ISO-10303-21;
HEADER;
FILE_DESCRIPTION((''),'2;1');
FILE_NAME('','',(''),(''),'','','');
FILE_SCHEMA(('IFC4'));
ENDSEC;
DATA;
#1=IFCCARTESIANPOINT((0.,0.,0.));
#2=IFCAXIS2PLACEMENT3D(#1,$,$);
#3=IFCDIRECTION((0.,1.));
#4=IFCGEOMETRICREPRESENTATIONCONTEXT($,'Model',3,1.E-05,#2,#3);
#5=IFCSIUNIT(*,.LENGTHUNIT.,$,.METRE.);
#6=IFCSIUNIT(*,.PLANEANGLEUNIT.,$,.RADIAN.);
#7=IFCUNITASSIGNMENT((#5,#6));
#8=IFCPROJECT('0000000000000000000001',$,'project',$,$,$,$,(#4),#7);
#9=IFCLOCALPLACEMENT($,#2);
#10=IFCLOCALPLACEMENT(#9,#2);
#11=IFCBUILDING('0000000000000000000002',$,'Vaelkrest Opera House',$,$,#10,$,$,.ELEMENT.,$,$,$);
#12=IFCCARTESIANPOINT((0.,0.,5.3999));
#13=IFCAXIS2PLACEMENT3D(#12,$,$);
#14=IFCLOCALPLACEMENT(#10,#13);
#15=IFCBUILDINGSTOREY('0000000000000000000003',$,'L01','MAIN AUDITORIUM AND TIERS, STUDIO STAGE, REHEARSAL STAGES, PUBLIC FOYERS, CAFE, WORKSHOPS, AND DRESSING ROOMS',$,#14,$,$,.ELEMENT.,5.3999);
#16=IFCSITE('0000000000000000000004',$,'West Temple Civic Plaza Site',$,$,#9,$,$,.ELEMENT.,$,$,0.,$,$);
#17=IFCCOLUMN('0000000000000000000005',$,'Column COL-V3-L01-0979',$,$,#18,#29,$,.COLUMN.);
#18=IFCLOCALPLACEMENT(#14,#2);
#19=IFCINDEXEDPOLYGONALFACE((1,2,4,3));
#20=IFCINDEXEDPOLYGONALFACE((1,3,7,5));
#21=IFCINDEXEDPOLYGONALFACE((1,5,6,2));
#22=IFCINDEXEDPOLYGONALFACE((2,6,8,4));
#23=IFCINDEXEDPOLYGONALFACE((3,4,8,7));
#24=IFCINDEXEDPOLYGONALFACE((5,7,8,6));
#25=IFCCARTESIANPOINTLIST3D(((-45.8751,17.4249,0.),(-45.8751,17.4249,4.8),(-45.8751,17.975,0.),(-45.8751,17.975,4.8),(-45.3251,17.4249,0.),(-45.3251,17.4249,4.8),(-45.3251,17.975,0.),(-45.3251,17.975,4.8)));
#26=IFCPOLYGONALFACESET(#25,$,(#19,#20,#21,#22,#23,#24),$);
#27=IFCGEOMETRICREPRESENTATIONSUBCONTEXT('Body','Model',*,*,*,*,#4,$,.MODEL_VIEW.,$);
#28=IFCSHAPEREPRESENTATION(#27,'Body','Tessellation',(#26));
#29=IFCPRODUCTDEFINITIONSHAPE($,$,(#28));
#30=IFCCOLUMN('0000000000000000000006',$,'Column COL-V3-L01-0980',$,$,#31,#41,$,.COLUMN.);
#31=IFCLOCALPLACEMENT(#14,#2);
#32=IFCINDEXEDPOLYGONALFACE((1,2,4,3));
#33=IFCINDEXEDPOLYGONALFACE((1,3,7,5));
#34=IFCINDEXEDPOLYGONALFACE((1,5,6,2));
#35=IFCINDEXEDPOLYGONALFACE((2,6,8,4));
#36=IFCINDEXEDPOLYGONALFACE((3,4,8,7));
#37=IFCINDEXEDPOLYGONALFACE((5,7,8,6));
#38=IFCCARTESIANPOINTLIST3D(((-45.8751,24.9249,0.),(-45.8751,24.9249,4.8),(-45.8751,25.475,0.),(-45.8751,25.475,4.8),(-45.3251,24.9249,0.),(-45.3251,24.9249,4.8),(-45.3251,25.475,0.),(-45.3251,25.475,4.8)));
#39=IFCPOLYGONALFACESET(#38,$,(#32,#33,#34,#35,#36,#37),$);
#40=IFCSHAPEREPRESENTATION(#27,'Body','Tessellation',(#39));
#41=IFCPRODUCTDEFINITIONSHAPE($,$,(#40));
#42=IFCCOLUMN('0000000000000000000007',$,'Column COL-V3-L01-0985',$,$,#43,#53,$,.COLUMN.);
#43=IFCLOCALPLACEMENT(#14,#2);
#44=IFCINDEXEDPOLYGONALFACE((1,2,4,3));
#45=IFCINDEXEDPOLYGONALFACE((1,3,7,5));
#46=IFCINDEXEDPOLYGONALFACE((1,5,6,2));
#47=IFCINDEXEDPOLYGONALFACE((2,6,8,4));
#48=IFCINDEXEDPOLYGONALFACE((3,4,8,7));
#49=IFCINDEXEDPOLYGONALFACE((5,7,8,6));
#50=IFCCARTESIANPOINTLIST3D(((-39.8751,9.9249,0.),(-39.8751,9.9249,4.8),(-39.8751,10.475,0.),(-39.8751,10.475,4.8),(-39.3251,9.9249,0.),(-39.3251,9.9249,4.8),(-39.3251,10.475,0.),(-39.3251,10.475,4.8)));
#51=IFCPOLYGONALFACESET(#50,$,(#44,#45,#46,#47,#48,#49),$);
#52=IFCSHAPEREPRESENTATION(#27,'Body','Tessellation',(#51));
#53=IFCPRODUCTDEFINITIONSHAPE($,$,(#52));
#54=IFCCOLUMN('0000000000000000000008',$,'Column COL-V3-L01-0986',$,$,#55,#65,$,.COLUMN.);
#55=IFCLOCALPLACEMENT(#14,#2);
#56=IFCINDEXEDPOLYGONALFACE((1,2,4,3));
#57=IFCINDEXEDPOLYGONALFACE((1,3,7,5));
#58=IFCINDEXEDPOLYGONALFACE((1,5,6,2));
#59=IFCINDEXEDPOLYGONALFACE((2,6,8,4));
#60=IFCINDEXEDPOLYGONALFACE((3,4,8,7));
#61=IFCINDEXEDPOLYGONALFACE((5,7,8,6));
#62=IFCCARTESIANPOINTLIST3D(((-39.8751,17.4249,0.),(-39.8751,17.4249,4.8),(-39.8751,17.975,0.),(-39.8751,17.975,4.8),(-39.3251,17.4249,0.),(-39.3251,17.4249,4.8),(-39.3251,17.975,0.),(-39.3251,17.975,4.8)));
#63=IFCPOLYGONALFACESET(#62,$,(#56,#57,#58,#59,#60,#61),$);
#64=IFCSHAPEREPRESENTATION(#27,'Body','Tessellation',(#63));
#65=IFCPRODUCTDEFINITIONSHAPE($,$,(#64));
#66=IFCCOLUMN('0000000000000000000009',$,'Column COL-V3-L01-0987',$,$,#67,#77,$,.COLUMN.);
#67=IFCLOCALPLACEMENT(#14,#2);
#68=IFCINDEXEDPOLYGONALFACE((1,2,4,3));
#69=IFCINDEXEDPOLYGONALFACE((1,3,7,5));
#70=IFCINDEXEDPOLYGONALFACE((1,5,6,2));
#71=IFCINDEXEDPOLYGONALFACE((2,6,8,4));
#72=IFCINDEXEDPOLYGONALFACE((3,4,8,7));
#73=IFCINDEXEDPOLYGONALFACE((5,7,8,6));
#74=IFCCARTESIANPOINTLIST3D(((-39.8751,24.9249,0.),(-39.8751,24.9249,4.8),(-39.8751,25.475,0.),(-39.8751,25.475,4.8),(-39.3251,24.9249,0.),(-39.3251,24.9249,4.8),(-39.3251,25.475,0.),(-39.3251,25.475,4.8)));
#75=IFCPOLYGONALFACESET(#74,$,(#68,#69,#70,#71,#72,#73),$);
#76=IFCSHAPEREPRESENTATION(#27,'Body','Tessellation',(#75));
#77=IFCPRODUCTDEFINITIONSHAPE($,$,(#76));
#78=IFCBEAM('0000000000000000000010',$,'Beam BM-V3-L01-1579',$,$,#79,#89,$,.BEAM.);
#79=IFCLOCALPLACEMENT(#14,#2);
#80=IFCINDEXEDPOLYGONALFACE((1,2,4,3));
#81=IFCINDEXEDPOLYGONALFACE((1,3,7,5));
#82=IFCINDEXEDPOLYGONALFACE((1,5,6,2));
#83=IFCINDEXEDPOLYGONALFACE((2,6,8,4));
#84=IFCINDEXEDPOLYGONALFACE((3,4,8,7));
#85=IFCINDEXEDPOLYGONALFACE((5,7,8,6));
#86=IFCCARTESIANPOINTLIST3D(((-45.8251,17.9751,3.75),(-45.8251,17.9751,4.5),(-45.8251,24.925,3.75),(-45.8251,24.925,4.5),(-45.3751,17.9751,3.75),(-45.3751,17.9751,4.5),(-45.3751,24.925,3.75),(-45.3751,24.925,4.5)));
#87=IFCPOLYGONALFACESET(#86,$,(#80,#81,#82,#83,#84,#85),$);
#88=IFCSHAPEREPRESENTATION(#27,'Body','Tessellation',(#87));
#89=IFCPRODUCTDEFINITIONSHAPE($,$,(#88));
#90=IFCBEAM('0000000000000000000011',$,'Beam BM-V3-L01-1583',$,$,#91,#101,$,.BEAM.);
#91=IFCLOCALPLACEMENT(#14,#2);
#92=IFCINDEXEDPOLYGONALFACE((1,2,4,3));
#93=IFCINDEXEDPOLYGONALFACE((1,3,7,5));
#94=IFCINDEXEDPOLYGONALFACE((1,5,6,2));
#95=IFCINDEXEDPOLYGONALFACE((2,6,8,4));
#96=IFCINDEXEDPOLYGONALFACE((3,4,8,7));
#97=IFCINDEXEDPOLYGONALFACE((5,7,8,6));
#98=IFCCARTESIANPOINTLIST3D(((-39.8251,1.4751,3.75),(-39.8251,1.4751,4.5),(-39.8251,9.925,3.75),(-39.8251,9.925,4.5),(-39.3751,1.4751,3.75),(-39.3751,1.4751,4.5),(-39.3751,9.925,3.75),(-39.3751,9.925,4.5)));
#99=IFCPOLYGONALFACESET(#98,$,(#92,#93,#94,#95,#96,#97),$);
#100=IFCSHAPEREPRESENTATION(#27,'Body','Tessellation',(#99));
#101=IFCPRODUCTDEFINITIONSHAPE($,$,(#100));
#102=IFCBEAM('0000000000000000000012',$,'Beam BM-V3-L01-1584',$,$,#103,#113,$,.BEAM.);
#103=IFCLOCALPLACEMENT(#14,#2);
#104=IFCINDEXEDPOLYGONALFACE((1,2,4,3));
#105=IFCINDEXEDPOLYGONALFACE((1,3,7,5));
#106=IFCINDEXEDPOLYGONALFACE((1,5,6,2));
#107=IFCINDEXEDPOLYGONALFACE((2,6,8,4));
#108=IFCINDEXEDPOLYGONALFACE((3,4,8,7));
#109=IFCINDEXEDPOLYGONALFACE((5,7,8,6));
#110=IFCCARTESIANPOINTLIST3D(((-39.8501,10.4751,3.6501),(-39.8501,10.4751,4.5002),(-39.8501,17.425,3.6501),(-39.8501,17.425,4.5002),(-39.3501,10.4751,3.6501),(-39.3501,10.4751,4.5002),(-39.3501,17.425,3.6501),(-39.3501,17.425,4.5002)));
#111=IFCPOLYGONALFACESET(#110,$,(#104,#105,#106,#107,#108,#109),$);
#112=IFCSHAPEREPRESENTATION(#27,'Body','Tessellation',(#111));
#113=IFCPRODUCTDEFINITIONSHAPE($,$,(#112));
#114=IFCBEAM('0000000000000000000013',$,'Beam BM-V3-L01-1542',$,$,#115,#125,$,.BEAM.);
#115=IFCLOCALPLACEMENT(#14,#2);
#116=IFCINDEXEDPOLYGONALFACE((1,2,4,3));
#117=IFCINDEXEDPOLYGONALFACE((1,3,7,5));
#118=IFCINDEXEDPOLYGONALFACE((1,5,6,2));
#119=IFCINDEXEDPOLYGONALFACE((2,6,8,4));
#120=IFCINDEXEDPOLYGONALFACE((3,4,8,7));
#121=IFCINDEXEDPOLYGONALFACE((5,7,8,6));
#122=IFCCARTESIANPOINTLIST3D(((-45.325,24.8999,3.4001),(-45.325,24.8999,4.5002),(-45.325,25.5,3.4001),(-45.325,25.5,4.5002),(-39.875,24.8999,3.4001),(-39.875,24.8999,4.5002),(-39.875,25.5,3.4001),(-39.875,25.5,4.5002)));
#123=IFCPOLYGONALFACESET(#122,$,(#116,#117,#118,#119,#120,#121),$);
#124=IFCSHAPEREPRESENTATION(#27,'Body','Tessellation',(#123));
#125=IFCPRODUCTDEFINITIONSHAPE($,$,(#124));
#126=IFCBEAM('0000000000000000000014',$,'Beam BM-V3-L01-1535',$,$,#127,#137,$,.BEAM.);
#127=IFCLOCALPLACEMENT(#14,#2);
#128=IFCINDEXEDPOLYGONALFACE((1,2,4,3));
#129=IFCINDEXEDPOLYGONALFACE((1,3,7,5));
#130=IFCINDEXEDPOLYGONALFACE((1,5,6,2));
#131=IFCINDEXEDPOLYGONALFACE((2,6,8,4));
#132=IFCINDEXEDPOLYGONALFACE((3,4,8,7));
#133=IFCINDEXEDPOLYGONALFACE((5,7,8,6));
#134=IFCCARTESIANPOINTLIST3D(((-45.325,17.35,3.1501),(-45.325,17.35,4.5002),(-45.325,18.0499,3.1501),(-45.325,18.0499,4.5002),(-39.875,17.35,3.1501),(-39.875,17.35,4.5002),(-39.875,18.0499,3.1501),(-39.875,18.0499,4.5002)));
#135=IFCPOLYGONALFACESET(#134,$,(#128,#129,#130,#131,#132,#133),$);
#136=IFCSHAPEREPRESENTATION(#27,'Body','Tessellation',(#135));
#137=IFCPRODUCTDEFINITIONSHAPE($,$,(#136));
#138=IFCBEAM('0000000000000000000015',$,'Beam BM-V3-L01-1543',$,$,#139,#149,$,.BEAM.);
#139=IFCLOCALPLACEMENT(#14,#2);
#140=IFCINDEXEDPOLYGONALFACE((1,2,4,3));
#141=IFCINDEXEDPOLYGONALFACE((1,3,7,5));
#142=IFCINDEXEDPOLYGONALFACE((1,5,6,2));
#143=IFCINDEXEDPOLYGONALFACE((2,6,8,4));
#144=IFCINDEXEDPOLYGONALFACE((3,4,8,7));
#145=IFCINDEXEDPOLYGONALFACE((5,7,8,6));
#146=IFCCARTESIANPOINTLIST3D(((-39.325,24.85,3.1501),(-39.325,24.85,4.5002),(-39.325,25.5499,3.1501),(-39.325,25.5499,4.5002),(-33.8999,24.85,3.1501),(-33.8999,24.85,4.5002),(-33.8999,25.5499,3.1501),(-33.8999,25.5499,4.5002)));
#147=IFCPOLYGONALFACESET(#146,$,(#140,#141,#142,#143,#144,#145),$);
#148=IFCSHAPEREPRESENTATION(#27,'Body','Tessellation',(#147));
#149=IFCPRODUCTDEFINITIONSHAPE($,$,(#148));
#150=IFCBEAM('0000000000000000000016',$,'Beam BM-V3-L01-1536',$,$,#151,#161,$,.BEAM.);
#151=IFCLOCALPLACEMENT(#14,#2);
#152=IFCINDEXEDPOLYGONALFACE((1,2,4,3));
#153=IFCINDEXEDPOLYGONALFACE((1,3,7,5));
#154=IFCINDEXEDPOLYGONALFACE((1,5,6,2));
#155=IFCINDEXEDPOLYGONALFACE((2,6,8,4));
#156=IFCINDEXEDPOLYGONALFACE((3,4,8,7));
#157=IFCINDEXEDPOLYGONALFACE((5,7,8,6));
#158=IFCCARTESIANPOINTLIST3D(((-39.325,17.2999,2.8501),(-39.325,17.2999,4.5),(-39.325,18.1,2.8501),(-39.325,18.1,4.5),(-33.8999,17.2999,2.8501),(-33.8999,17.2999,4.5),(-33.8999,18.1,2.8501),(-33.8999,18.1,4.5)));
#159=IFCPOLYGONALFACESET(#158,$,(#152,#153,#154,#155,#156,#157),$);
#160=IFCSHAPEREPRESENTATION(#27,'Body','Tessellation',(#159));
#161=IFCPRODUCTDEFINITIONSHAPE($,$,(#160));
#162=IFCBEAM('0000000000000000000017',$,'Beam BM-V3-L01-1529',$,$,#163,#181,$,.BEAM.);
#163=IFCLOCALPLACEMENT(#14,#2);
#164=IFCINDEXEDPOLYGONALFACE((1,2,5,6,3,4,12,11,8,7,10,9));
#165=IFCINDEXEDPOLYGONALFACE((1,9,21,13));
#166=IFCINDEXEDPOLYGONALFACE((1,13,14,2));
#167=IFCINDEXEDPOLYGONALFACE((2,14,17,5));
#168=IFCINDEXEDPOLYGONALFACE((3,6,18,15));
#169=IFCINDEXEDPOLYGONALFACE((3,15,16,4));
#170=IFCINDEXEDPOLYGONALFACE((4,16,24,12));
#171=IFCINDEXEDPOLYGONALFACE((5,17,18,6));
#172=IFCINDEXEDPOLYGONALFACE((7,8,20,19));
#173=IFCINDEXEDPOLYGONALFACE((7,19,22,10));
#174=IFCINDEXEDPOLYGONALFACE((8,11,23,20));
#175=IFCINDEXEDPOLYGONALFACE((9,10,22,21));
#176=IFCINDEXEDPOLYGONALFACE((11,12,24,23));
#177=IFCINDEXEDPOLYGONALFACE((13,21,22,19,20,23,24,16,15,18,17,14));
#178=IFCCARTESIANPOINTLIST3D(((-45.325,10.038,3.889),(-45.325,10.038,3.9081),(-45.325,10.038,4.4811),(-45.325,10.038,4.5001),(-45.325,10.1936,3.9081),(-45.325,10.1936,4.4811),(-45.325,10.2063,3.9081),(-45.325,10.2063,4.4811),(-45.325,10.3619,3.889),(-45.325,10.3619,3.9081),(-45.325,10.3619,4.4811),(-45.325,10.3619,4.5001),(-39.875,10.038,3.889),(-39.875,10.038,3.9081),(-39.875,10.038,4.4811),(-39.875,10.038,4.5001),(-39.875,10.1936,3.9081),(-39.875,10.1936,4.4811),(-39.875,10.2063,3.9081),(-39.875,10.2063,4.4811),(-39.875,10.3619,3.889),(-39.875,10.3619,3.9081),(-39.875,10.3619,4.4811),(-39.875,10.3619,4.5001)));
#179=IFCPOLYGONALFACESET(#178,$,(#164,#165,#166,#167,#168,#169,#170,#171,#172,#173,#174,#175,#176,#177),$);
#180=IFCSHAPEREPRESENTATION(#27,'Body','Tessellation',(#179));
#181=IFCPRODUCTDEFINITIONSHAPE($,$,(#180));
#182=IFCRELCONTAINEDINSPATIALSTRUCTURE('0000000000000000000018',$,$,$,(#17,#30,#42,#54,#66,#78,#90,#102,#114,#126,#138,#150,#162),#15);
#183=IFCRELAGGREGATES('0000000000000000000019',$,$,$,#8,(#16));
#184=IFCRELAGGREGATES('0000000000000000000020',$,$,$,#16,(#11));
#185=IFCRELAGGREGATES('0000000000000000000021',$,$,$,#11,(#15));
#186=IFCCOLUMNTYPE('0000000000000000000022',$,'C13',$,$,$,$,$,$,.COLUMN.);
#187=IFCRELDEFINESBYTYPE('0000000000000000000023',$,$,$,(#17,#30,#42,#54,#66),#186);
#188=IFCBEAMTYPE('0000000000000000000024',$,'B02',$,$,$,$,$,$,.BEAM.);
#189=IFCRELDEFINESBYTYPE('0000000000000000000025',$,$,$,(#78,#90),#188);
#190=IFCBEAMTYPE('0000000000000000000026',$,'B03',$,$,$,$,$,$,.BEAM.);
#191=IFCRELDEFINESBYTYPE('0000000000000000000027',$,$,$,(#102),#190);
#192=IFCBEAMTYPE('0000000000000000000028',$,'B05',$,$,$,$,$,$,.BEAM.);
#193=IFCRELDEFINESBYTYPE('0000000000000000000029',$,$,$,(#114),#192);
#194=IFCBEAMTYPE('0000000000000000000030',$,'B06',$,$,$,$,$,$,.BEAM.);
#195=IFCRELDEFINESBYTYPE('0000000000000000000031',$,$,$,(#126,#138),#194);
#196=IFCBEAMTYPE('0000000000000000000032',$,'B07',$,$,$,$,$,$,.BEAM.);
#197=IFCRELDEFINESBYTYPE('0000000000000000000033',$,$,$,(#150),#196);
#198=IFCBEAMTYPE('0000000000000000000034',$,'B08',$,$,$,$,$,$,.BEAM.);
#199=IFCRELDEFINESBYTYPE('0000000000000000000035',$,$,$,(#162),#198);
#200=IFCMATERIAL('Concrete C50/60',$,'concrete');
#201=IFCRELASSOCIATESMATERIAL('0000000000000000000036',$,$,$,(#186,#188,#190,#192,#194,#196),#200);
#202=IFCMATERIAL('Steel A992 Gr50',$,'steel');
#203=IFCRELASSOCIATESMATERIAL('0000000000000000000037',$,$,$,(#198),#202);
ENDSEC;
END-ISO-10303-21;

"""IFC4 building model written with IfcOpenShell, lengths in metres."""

from ifc_helpers import new_model, si_unit, direction, frame, origin, origin_2d, place, context, subcontext, project, spatial, rectangle, i_section, extrude, material, material_profile, profile_set, type_object, element, save


model = new_model("IFC4")

# Units and contexts
model_context = context("Model", 3, precision=1e-05, world=origin(), true_north=direction((0.0, 1.0)))
body_context = subcontext(model_context, "Body", "Model", "MODEL_VIEW")
ifc_project = project(units=[si_unit("LENGTHUNIT", "METRE"), si_unit("PLANEANGLEUNIT", "RADIAN")], contexts=[model_context])

# Site, building, storey
site_placement = place(None, origin())
site = spatial("IfcSite", under=ifc_project, at=site_placement, Name="West Temple Civic Plaza Site", CompositionType="ELEMENT", RefElevation=0.0)
building_placement = place(site_placement, origin())
building = spatial("IfcBuilding", under=site, at=building_placement, Name="Vaelkrest Opera House", CompositionType="ELEMENT")
storey_placement = place(building_placement, frame((0.0, 0.0, 5.3999)))
storey = spatial("IfcBuildingStorey", under=building, at=storey_placement, Name="L01", Description="MAIN AUDITORIUM AND TIERS, STUDIO STAGE, REHEARSAL STAGES, PUBLIC FOYERS, CAFE, WORKSHOPS, AND DRESSING ROOMS", CompositionType="ELEMENT", Elevation=5.3999)

# Columns
ifc_material_1 = material(Name="Concrete C50/60", Category="concrete")
ifc_material_profile_1 = material_profile(ifc_material_1, rectangle(XDim=0.55, YDim=0.55, at=origin_2d()), Name="RC550X550")
ifc_profile_set_1 = profile_set([ifc_material_profile_1], Name="Concrete C50/60")
column_type = type_object("IfcColumnType", Name="C13", PredefinedType="COLUMN", material=ifc_profile_set_1)
for number, where, z_axis, x_axis, name in (
    (1, (-45.6001, 17.7, 0.0), (0.0, 0.0, 1.0), (1.0, 0.0, 0.0), "Column COL-V3-L01-0979"),
    (2, (-45.6001, 25.2, 0.0), (0.0, 0.0, 1.0), (1.0, 0.0, 0.0), "Column COL-V3-L01-0980"),
    (3, (-39.6001, 10.2, 0.0), (0.0, 0.0, 1.0), (1.0, 0.0, 0.0), "Column COL-V3-L01-0985"),
    (4, (-39.6001, 17.7, 0.0), (0.0, 0.0, 1.0), (1.0, 0.0, 0.0), "Column COL-V3-L01-0986"),
    (5, (-39.6001, 25.2, 0.0), (0.0, 0.0, 1.0), (1.0, 0.0, 0.0), "Column COL-V3-L01-0987"),
):
    element("IfcColumn", number, at=place(storey_placement, frame(where, z_axis=z_axis, x_axis=x_axis)), inside=storey, type_object=column_type, Name=name, PredefinedType="COLUMN", context=body_context, shape_type="SweptSolid", body=[
        extrude(rectangle(XDim=0.55, YDim=0.55, at=origin_2d()), origin(), (0.0, 0.0, 1.0), 4.8),
    ])

# Beams
ifc_material_profile_2 = material_profile(ifc_material_1, rectangle(XDim=0.45, YDim=0.75, at=origin_2d()), Name="RCB450X750")
ifc_profile_set_2 = profile_set([ifc_material_profile_2], Name="Concrete C50/60")
beam_type_1 = type_object("IfcBeamType", Name="B02", PredefinedType="BEAM", material=ifc_profile_set_2)
beam_1_placement = place(storey_placement, frame((-45.6001, 17.9751, 4.125), z_axis=(0.0, 1.0, 0.0), x_axis=(-1.0, 0.0, 0.0)))
element("IfcBeam", 6, at=beam_1_placement, inside=storey, type_object=beam_type_1, Name="Beam BM-V3-L01-1579", PredefinedType="BEAM", context=body_context, shape_type="SweptSolid", body=[
    extrude(rectangle(XDim=0.45, YDim=0.75, at=origin_2d()), origin(), (0.0, 0.0, 1.0), 6.95),
])
beam_2_placement = place(storey_placement, frame((-39.6001, 1.4751, 4.125), z_axis=(0.0, 1.0, 0.0), x_axis=(-1.0, 0.0, 0.0)))
element("IfcBeam", 7, at=beam_2_placement, inside=storey, type_object=beam_type_1, Name="Beam BM-V3-L01-1583", PredefinedType="BEAM", context=body_context, shape_type="SweptSolid", body=[
    extrude(rectangle(XDim=0.45, YDim=0.75, at=origin_2d()), origin(), (0.0, 0.0, 1.0), 8.45),
])
ifc_material_profile_3 = material_profile(ifc_material_1, rectangle(XDim=0.5, YDim=0.8501, at=origin_2d()), Name="RCB500X850")
ifc_profile_set_3 = profile_set([ifc_material_profile_3], Name="Concrete C50/60")
beam_type_2 = type_object("IfcBeamType", Name="B03", PredefinedType="BEAM", material=ifc_profile_set_3)
beam_3_placement = place(storey_placement, frame((-39.6001, 10.4751, 4.0752), z_axis=(0.0, 1.0, 0.0), x_axis=(-1.0, 0.0, 0.0)))
element("IfcBeam", 8, at=beam_3_placement, inside=storey, type_object=beam_type_2, Name="Beam BM-V3-L01-1584", PredefinedType="BEAM", context=body_context, shape_type="SweptSolid", body=[
    extrude(rectangle(XDim=0.5, YDim=0.8501, at=origin_2d()), origin(), (0.0, 0.0, 1.0), 6.95),
])
ifc_material_profile_4 = material_profile(ifc_material_1, rectangle(XDim=0.6001, YDim=1.1001, at=origin_2d()), Name="RCB600X1100")
ifc_profile_set_4 = profile_set([ifc_material_profile_4], Name="Concrete C50/60")
beam_type_3 = type_object("IfcBeamType", Name="B05", PredefinedType="BEAM", material=ifc_profile_set_4)
beam_4_placement = place(storey_placement, frame((-45.325, 25.2, 3.9502), z_axis=(1.0, 0.0, 0.0), x_axis=(0.0, 1.0, 0.0)))
element("IfcBeam", 9, at=beam_4_placement, inside=storey, type_object=beam_type_3, Name="Beam BM-V3-L01-1542", PredefinedType="BEAM", context=body_context, shape_type="SweptSolid", body=[
    extrude(rectangle(XDim=0.6001, YDim=1.1001, at=origin_2d()), origin(), (0.0, 0.0, 1.0), 5.45),
])
ifc_material_profile_5 = material_profile(ifc_material_1, rectangle(XDim=0.7, YDim=1.3501, at=origin_2d()), Name="RCB700X1350")
ifc_profile_set_5 = profile_set([ifc_material_profile_5], Name="Concrete C50/60")
beam_type_4 = type_object("IfcBeamType", Name="B06", PredefinedType="BEAM", material=ifc_profile_set_5)
beam_5_placement = place(storey_placement, frame((-45.325, 17.7, 3.8252), z_axis=(1.0, 0.0, 0.0), x_axis=(0.0, 1.0, 0.0)))
element("IfcBeam", 10, at=beam_5_placement, inside=storey, type_object=beam_type_4, Name="Beam BM-V3-L01-1535", PredefinedType="BEAM", context=body_context, shape_type="SweptSolid", body=[
    extrude(rectangle(XDim=0.7, YDim=1.3501, at=origin_2d()), origin(), (0.0, 0.0, 1.0), 5.45),
])
beam_6_placement = place(storey_placement, frame((-39.325, 25.2, 3.8252), z_axis=(1.0, 0.0, 0.0), x_axis=(0.0, 1.0, 0.0)))
element("IfcBeam", 11, at=beam_6_placement, inside=storey, type_object=beam_type_4, Name="Beam BM-V3-L01-1543", PredefinedType="BEAM", context=body_context, shape_type="SweptSolid", body=[
    extrude(rectangle(XDim=0.7, YDim=1.3501, at=origin_2d()), origin(), (0.0, 0.0, 1.0), 5.425),
])
ifc_material_profile_6 = material_profile(ifc_material_1, rectangle(XDim=0.8, YDim=1.6499, at=origin_2d()), Name="RCB800X1650")
ifc_profile_set_6 = profile_set([ifc_material_profile_6], Name="Concrete C50/60")
beam_type_5 = type_object("IfcBeamType", Name="B07", PredefinedType="BEAM", material=ifc_profile_set_6)
beam_7_placement = place(storey_placement, frame((-39.325, 17.7, 3.675), z_axis=(1.0, 0.0, 0.0), x_axis=(0.0, 1.0, 0.0)))
element("IfcBeam", 12, at=beam_7_placement, inside=storey, type_object=beam_type_5, Name="Beam BM-V3-L01-1536", PredefinedType="BEAM", context=body_context, shape_type="SweptSolid", body=[
    extrude(rectangle(XDim=0.8, YDim=1.6499, at=origin_2d()), origin(), (0.0, 0.0, 1.0), 5.425),
])
ifc_material_2 = material(Name="Steel A992 Gr50", Category="steel")
ifc_material_profile_7 = material_profile(ifc_material_2, i_section(OverallWidth=0.324, OverallDepth=0.6111, WebThickness=0.0127, FlangeThickness=0.019, at=origin_2d()), Name="W24X104")
ifc_profile_set_7 = profile_set([ifc_material_profile_7], Name="Steel A992 Gr50")
beam_type_6 = type_object("IfcBeamType", Name="B08", PredefinedType="BEAM", material=ifc_profile_set_7)
beam_8_placement = place(storey_placement, frame((-45.325, 10.2, 4.1946), z_axis=(1.0, 0.0, 0.0), x_axis=(0.0, 1.0, 0.0)))
element("IfcBeam", 13, at=beam_8_placement, inside=storey, type_object=beam_type_6, Name="Beam BM-V3-L01-1529", PredefinedType="BEAM", context=body_context, shape_type="SweptSolid", body=[
    extrude(i_section(OverallWidth=0.324, OverallDepth=0.6111, WebThickness=0.0127, FlangeThickness=0.019, at=origin_2d()), origin(), (0.0, 0.0, 1.0), 5.45),
])

save(model, "model.ifc")
